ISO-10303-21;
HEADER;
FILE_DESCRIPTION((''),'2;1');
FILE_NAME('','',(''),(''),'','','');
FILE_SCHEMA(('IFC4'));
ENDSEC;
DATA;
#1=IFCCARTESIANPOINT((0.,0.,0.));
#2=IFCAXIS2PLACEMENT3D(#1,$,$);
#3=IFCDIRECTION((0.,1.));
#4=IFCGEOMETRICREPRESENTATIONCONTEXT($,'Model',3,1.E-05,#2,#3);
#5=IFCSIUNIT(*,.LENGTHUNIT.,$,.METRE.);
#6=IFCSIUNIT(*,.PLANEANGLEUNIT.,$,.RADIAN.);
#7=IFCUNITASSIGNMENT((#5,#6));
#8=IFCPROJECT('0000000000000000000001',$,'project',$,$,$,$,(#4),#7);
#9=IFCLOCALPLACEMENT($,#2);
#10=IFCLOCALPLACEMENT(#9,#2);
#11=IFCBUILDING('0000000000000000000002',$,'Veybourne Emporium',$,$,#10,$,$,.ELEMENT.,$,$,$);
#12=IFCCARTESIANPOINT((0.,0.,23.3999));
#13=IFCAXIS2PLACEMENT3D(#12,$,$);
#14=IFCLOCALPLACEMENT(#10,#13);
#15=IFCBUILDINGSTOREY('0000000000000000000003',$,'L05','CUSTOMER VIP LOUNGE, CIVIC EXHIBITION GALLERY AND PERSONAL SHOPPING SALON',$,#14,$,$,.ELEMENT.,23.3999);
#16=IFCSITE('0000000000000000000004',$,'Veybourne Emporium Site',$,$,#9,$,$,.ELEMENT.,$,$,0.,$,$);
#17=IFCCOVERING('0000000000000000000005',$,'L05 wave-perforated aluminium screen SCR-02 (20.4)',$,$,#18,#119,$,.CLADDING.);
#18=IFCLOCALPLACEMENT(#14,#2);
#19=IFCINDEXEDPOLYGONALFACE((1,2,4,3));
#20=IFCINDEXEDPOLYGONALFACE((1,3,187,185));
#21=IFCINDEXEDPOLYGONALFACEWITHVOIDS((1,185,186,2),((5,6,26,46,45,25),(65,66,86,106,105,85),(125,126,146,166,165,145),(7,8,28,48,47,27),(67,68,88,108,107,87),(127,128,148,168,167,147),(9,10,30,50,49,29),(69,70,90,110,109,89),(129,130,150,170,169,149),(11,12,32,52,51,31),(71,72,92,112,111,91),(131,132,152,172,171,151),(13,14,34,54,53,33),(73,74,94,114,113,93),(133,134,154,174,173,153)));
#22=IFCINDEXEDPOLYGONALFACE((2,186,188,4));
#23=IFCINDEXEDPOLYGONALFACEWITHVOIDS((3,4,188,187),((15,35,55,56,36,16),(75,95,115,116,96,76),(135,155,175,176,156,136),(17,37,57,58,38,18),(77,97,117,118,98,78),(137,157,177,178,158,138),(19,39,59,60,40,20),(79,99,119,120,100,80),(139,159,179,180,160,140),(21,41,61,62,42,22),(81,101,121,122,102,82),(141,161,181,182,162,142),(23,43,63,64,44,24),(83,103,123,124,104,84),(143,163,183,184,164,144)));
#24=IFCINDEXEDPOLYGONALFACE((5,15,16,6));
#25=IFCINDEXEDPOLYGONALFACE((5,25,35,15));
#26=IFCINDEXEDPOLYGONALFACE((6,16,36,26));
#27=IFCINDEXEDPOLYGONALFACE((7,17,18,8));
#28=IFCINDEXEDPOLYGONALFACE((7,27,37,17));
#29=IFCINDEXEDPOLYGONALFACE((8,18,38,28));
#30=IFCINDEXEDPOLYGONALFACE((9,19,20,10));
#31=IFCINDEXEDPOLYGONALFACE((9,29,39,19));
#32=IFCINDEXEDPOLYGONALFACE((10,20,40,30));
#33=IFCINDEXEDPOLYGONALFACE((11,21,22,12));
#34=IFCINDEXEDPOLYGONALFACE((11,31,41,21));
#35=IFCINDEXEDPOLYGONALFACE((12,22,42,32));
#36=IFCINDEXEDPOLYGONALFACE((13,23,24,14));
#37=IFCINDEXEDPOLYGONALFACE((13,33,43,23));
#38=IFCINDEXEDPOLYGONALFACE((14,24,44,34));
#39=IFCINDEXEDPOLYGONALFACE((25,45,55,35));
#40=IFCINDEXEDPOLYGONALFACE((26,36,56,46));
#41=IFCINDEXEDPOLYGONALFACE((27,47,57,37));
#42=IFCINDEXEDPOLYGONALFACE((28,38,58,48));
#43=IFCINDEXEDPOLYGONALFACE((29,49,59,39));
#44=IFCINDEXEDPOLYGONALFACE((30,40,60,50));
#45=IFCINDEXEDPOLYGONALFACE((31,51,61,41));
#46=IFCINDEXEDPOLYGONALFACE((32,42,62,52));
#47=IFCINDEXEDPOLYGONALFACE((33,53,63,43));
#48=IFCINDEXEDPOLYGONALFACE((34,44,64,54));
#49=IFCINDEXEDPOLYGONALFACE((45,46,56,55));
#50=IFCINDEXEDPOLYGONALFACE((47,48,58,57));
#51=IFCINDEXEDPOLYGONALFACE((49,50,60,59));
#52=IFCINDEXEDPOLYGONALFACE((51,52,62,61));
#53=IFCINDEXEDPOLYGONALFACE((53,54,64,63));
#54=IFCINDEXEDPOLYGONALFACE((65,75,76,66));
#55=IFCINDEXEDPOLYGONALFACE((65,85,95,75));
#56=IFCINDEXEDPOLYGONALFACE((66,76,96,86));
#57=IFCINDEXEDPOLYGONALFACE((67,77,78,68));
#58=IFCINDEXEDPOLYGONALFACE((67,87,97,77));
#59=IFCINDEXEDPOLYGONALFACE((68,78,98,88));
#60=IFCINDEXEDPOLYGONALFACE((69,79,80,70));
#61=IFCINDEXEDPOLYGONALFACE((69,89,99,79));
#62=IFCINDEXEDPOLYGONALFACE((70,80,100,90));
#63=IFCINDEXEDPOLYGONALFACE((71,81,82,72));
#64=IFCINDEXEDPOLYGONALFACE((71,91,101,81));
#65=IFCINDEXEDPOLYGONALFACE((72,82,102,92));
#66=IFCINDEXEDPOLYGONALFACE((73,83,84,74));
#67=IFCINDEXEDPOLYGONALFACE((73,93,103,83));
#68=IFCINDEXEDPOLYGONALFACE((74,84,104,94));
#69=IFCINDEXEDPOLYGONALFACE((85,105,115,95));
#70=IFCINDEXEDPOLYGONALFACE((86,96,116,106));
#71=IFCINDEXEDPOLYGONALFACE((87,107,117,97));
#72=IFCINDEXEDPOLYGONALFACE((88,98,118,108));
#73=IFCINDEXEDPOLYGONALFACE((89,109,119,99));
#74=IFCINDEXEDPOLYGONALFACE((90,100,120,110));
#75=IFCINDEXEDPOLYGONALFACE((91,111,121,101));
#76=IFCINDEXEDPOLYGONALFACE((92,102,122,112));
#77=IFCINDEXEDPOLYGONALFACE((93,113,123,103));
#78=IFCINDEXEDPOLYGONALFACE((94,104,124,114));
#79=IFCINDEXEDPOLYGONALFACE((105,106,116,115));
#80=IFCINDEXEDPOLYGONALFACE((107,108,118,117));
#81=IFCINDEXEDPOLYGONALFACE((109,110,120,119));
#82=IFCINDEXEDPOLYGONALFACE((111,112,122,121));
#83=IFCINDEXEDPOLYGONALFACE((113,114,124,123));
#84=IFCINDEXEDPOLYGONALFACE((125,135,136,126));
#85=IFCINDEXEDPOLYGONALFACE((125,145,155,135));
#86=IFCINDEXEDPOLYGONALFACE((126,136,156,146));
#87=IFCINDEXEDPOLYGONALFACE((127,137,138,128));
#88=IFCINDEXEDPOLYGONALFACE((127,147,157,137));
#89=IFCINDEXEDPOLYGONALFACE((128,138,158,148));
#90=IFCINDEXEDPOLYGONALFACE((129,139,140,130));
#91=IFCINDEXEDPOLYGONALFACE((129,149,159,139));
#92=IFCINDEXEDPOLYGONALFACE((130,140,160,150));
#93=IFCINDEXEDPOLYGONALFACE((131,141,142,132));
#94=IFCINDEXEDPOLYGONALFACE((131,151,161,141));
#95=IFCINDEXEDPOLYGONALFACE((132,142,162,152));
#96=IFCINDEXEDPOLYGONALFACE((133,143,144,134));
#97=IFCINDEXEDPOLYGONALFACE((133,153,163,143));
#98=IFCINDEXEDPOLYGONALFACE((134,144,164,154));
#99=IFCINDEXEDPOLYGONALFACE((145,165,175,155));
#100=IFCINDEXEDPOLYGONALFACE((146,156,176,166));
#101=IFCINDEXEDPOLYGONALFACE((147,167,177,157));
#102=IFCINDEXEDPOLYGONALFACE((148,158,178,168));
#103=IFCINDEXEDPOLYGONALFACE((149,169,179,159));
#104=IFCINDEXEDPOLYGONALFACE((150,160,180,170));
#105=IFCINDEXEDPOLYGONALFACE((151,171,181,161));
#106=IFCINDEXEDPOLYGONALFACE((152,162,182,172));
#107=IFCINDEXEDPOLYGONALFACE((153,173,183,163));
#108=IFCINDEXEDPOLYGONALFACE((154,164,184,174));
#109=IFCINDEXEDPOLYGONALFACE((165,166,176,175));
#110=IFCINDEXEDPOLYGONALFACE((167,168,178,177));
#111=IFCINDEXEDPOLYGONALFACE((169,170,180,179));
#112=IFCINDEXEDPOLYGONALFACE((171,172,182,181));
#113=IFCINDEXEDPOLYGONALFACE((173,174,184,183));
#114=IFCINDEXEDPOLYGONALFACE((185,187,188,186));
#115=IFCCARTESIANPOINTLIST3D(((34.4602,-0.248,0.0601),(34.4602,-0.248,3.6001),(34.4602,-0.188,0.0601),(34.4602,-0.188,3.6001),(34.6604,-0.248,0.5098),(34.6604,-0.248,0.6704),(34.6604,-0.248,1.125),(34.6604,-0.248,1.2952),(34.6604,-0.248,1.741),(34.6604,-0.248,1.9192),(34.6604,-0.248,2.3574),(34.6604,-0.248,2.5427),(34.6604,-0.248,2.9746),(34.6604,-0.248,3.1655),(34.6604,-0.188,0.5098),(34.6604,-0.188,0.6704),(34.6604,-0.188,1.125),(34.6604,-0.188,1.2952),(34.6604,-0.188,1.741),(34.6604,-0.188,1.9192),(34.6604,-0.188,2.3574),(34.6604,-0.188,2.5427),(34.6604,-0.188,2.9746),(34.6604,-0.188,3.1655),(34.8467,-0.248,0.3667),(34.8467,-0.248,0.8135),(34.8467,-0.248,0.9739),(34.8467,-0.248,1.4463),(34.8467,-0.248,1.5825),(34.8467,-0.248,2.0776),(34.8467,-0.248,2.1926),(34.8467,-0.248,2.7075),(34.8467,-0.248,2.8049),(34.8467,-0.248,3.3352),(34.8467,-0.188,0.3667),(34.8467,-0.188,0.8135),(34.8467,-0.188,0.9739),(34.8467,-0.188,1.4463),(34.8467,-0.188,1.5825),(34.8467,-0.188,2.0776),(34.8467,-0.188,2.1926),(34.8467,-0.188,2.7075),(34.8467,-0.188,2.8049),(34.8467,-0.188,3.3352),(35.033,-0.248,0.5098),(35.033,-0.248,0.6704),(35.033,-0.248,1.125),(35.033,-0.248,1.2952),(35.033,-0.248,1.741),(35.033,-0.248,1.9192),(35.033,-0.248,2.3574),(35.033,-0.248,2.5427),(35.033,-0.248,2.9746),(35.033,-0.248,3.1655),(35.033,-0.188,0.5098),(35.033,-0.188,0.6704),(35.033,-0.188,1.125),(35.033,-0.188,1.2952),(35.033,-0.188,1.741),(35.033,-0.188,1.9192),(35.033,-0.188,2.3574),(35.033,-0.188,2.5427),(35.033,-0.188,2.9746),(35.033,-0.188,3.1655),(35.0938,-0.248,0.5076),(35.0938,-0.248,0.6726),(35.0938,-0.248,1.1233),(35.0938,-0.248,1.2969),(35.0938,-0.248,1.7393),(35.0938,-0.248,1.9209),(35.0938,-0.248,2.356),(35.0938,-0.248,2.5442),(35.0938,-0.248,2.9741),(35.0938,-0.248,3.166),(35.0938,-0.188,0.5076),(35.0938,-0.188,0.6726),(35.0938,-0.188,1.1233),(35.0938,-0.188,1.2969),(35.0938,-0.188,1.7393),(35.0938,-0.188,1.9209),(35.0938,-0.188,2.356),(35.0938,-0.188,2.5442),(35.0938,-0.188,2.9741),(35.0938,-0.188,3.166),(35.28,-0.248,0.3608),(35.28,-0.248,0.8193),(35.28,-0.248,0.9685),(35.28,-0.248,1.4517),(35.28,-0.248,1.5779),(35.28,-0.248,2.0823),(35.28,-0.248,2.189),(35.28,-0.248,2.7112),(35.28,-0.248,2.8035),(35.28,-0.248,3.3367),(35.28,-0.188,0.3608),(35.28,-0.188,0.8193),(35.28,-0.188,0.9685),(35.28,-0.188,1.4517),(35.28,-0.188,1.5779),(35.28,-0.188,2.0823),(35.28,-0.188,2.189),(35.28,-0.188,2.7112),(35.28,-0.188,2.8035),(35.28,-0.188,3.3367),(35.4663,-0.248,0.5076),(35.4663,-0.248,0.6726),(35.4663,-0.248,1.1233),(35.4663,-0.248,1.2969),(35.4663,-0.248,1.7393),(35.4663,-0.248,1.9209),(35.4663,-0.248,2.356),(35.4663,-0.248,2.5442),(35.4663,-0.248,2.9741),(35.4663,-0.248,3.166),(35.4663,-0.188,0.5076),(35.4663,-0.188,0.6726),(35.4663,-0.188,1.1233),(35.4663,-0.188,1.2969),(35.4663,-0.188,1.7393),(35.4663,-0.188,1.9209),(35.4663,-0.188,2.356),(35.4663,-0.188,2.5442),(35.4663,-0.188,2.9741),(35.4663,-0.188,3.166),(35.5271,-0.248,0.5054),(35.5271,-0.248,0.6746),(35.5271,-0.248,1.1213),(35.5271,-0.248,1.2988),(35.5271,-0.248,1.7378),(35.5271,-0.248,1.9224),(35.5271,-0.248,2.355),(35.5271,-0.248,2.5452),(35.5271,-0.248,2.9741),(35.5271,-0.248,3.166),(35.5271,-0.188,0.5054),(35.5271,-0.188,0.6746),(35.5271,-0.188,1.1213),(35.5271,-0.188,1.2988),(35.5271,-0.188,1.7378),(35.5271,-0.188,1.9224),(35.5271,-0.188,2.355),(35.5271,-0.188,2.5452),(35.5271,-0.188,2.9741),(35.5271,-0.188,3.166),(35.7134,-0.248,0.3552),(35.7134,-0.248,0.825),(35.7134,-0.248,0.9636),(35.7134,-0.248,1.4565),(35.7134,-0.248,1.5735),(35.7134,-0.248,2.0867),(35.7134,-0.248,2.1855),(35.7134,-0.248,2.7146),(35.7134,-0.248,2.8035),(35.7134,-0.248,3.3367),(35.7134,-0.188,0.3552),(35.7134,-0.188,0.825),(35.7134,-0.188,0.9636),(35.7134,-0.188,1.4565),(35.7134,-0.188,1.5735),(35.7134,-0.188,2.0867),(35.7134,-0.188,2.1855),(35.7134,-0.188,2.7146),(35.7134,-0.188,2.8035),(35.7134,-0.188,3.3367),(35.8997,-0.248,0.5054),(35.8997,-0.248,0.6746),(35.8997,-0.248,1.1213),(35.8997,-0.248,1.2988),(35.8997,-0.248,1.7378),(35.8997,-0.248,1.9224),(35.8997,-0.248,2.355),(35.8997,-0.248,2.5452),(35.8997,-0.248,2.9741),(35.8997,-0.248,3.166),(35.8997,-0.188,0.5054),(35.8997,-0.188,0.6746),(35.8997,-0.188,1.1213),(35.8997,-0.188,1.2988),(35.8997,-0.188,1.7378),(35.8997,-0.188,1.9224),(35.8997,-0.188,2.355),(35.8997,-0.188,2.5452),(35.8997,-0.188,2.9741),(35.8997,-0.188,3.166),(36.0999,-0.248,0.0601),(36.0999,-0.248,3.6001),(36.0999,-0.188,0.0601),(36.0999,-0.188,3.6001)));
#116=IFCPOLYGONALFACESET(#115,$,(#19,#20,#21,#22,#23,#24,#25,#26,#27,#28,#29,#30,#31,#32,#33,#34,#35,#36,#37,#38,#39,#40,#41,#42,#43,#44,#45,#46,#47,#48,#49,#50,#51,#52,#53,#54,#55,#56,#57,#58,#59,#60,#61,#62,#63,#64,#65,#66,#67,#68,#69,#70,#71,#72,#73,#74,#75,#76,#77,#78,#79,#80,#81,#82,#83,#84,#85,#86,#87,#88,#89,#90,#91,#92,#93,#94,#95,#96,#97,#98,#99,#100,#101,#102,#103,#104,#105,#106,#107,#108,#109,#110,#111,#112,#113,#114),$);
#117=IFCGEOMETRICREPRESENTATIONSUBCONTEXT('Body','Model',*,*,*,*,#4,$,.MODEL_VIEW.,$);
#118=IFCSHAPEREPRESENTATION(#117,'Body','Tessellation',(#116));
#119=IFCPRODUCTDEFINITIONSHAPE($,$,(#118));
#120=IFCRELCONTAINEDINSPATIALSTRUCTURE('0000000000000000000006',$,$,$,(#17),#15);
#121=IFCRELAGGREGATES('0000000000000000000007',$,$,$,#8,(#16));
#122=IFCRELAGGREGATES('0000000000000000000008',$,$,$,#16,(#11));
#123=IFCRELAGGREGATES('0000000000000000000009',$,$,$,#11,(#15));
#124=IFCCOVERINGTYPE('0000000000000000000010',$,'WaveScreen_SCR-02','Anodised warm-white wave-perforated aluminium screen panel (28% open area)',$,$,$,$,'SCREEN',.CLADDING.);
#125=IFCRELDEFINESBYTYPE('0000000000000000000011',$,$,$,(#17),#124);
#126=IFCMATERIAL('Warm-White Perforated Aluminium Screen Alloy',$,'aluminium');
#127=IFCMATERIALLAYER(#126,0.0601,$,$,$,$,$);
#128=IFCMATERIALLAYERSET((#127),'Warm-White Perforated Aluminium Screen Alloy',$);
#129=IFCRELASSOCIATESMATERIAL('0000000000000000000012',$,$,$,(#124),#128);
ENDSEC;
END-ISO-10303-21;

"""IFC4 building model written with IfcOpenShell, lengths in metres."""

from ifc_helpers import new_model, si_unit, direction, frame, origin, place, context, subcontext, project, spatial, polyline, outline, extrude, material, layer, layer_set, type_object, element, save


model = new_model("IFC4")

# Units and contexts
model_context = context("Model", 3, precision=1e-05, world=origin(), true_north=direction((0.0, 1.0)))
body_context = subcontext(model_context, "Body", "Model", "MODEL_VIEW")
ifc_project = project(units=[si_unit("LENGTHUNIT", "METRE"), si_unit("PLANEANGLEUNIT", "RADIAN")], contexts=[model_context])

# Site, building, storey
site_placement = place(None, origin())
site = spatial("IfcSite", under=ifc_project, at=site_placement, Name="Veybourne Emporium Site", CompositionType="ELEMENT", RefElevation=0.0)
building_placement = place(site_placement, origin())
building = spatial("IfcBuilding", under=site, at=building_placement, Name="Veybourne Emporium", CompositionType="ELEMENT")
storey_placement = place(building_placement, frame((0.0, 0.0, 23.3999)))
storey = spatial("IfcBuildingStorey", under=building, at=storey_placement, Name="L05", Description="CUSTOMER VIP LOUNGE, CIVIC EXHIBITION GALLERY AND PERSONAL SHOPPING SALON", CompositionType="ELEMENT", Elevation=23.3999)

# Covering
ifc_material_1 = material(Name="Warm-White Perforated Aluminium Screen Alloy", Category="aluminium")
ifc_layer_1 = layer(ifc_material_1, 0.0601)
ifc_layer_set_1 = layer_set([ifc_layer_1], Name="Warm-White Perforated Aluminium Screen Alloy")
covering_type_1 = type_object("IfcCoveringType", Name="WaveScreen_SCR-02", Description="Anodised warm-white wave-perforated aluminium screen panel (28% open area)", ElementType="SCREEN", PredefinedType="CLADDING", material=ifc_layer_set_1)
covering_1_placement = place(storey_placement, frame((35.28, -0.248, 1.8301), z_axis=(0.0, 1.0, 0.0), x_axis=(-1.0, 0.0, 0.0)))
element("IfcCovering", 1, at=covering_1_placement, inside=storey, type_object=covering_type_1, Name="L05 wave-perforated aluminium screen SCR-02 (20.4)", PredefinedType="CLADDING", context=body_context, shape_type="SweptSolid", body=[
    extrude(outline(polyline([(-0.8198, -1.77), (0.8198, -1.77), (0.8198, 1.77), (-0.8198, 1.77), (-0.8198, -1.77)]), holes=[polyline([(-0.4333, -1.0051), (-0.2471, -1.1555), (-0.2471, -1.3247), (-0.4333, -1.4749), (-0.6196, -1.3247), (-0.6196, -1.1555), (-0.4333, -1.0051)]), polyline([(-0.4333, -0.3735), (-0.2471, -0.5312), (-0.2471, -0.7087), (-0.4333, -0.8665), (-0.6196, -0.7087), (-0.6196, -0.5312), (-0.4333, -0.3735)]), polyline([(-0.4333, 0.2566), (-0.2471, 0.0923), (-0.2471, -0.0923), (-0.4333, -0.2566), (-0.6196, -0.0923), (-0.6196, 0.0923), (-0.4333, 0.2566)]), polyline([(-0.4333, 0.8845), (-0.2471, 0.7151), (-0.2471, 0.5249), (-0.4333, 0.3555), (-0.6196, 0.5249), (-0.6196, 0.7151), (-0.4333, 0.8845)]), polyline([(-0.4333, 1.5066), (-0.2471, 1.3359), (-0.2471, 1.144), (-0.4333, 0.9734), (-0.6196, 1.144), (-0.6196, 1.3359), (-0.4333, 1.5066)]), polyline([(0.0, -1.0107), (0.1863, -1.1575), (0.1863, -1.3225), (0.0, -1.4692), (-0.1863, -1.3225), (-0.1863, -1.1575), (0.0, -1.0107)]), polyline([(0.0, -0.3784), (0.1863, -0.5332), (0.1863, -0.7068), (0.0, -0.8616), (-0.1863, -0.7068), (-0.1863, -0.5332), (0.0, -0.3784)]), polyline([(0.0, 0.2522), (0.1863, 0.0908), (0.1863, -0.0908), (0.0, -0.2522), (-0.1863, -0.0908), (-0.1863, 0.0908), (0.0, 0.2522)]), polyline([(0.0, 0.8811), (0.1863, 0.7141), (0.1863, 0.5259), (0.0, 0.3589), (-0.1863, 0.5259), (-0.1863, 0.7141), (0.0, 0.8811)]), polyline([(0.0, 1.5066), (0.1863, 1.3359), (0.1863, 1.144), (0.0, 0.9734), (-0.1863, 1.144), (-0.1863, 1.3359), (0.0, 1.5066)]), polyline([(0.4333, -1.0166), (0.6196, -1.1597), (0.6196, -1.3203), (0.4333, -1.4634), (0.2471, -1.3203), (0.2471, -1.1597), (0.4333, -1.0166)]), polyline([(0.4333, -0.3838), (0.6196, -0.5349), (0.6196, -0.7051), (0.4333, -0.8562), (0.2471, -0.7051), (0.2471, -0.5349), (0.4333, -0.3838)]), polyline([(0.4333, 0.2476), (0.6196, 0.0891), (0.6196, -0.0891), (0.4333, -0.2476), (0.2471, -0.0891), (0.2471, 0.0891), (0.4333, 0.2476)]), polyline([(0.4333, 0.8774), (0.6196, 0.7126), (0.6196, 0.5273), (0.4333, 0.3625), (0.2471, 0.5273), (0.2471, 0.7126), (0.4333, 0.8774)]), polyline([(0.4333, 1.5051), (0.6196, 1.3354), (0.6196, 1.1445), (0.4333, 0.9749), (0.2471, 1.1445), (0.2471, 1.3354), (0.4333, 1.5051)])]), origin(), (0.0, 0.0, 1.0), 0.0601),
])

save(model, "model.ifc")
